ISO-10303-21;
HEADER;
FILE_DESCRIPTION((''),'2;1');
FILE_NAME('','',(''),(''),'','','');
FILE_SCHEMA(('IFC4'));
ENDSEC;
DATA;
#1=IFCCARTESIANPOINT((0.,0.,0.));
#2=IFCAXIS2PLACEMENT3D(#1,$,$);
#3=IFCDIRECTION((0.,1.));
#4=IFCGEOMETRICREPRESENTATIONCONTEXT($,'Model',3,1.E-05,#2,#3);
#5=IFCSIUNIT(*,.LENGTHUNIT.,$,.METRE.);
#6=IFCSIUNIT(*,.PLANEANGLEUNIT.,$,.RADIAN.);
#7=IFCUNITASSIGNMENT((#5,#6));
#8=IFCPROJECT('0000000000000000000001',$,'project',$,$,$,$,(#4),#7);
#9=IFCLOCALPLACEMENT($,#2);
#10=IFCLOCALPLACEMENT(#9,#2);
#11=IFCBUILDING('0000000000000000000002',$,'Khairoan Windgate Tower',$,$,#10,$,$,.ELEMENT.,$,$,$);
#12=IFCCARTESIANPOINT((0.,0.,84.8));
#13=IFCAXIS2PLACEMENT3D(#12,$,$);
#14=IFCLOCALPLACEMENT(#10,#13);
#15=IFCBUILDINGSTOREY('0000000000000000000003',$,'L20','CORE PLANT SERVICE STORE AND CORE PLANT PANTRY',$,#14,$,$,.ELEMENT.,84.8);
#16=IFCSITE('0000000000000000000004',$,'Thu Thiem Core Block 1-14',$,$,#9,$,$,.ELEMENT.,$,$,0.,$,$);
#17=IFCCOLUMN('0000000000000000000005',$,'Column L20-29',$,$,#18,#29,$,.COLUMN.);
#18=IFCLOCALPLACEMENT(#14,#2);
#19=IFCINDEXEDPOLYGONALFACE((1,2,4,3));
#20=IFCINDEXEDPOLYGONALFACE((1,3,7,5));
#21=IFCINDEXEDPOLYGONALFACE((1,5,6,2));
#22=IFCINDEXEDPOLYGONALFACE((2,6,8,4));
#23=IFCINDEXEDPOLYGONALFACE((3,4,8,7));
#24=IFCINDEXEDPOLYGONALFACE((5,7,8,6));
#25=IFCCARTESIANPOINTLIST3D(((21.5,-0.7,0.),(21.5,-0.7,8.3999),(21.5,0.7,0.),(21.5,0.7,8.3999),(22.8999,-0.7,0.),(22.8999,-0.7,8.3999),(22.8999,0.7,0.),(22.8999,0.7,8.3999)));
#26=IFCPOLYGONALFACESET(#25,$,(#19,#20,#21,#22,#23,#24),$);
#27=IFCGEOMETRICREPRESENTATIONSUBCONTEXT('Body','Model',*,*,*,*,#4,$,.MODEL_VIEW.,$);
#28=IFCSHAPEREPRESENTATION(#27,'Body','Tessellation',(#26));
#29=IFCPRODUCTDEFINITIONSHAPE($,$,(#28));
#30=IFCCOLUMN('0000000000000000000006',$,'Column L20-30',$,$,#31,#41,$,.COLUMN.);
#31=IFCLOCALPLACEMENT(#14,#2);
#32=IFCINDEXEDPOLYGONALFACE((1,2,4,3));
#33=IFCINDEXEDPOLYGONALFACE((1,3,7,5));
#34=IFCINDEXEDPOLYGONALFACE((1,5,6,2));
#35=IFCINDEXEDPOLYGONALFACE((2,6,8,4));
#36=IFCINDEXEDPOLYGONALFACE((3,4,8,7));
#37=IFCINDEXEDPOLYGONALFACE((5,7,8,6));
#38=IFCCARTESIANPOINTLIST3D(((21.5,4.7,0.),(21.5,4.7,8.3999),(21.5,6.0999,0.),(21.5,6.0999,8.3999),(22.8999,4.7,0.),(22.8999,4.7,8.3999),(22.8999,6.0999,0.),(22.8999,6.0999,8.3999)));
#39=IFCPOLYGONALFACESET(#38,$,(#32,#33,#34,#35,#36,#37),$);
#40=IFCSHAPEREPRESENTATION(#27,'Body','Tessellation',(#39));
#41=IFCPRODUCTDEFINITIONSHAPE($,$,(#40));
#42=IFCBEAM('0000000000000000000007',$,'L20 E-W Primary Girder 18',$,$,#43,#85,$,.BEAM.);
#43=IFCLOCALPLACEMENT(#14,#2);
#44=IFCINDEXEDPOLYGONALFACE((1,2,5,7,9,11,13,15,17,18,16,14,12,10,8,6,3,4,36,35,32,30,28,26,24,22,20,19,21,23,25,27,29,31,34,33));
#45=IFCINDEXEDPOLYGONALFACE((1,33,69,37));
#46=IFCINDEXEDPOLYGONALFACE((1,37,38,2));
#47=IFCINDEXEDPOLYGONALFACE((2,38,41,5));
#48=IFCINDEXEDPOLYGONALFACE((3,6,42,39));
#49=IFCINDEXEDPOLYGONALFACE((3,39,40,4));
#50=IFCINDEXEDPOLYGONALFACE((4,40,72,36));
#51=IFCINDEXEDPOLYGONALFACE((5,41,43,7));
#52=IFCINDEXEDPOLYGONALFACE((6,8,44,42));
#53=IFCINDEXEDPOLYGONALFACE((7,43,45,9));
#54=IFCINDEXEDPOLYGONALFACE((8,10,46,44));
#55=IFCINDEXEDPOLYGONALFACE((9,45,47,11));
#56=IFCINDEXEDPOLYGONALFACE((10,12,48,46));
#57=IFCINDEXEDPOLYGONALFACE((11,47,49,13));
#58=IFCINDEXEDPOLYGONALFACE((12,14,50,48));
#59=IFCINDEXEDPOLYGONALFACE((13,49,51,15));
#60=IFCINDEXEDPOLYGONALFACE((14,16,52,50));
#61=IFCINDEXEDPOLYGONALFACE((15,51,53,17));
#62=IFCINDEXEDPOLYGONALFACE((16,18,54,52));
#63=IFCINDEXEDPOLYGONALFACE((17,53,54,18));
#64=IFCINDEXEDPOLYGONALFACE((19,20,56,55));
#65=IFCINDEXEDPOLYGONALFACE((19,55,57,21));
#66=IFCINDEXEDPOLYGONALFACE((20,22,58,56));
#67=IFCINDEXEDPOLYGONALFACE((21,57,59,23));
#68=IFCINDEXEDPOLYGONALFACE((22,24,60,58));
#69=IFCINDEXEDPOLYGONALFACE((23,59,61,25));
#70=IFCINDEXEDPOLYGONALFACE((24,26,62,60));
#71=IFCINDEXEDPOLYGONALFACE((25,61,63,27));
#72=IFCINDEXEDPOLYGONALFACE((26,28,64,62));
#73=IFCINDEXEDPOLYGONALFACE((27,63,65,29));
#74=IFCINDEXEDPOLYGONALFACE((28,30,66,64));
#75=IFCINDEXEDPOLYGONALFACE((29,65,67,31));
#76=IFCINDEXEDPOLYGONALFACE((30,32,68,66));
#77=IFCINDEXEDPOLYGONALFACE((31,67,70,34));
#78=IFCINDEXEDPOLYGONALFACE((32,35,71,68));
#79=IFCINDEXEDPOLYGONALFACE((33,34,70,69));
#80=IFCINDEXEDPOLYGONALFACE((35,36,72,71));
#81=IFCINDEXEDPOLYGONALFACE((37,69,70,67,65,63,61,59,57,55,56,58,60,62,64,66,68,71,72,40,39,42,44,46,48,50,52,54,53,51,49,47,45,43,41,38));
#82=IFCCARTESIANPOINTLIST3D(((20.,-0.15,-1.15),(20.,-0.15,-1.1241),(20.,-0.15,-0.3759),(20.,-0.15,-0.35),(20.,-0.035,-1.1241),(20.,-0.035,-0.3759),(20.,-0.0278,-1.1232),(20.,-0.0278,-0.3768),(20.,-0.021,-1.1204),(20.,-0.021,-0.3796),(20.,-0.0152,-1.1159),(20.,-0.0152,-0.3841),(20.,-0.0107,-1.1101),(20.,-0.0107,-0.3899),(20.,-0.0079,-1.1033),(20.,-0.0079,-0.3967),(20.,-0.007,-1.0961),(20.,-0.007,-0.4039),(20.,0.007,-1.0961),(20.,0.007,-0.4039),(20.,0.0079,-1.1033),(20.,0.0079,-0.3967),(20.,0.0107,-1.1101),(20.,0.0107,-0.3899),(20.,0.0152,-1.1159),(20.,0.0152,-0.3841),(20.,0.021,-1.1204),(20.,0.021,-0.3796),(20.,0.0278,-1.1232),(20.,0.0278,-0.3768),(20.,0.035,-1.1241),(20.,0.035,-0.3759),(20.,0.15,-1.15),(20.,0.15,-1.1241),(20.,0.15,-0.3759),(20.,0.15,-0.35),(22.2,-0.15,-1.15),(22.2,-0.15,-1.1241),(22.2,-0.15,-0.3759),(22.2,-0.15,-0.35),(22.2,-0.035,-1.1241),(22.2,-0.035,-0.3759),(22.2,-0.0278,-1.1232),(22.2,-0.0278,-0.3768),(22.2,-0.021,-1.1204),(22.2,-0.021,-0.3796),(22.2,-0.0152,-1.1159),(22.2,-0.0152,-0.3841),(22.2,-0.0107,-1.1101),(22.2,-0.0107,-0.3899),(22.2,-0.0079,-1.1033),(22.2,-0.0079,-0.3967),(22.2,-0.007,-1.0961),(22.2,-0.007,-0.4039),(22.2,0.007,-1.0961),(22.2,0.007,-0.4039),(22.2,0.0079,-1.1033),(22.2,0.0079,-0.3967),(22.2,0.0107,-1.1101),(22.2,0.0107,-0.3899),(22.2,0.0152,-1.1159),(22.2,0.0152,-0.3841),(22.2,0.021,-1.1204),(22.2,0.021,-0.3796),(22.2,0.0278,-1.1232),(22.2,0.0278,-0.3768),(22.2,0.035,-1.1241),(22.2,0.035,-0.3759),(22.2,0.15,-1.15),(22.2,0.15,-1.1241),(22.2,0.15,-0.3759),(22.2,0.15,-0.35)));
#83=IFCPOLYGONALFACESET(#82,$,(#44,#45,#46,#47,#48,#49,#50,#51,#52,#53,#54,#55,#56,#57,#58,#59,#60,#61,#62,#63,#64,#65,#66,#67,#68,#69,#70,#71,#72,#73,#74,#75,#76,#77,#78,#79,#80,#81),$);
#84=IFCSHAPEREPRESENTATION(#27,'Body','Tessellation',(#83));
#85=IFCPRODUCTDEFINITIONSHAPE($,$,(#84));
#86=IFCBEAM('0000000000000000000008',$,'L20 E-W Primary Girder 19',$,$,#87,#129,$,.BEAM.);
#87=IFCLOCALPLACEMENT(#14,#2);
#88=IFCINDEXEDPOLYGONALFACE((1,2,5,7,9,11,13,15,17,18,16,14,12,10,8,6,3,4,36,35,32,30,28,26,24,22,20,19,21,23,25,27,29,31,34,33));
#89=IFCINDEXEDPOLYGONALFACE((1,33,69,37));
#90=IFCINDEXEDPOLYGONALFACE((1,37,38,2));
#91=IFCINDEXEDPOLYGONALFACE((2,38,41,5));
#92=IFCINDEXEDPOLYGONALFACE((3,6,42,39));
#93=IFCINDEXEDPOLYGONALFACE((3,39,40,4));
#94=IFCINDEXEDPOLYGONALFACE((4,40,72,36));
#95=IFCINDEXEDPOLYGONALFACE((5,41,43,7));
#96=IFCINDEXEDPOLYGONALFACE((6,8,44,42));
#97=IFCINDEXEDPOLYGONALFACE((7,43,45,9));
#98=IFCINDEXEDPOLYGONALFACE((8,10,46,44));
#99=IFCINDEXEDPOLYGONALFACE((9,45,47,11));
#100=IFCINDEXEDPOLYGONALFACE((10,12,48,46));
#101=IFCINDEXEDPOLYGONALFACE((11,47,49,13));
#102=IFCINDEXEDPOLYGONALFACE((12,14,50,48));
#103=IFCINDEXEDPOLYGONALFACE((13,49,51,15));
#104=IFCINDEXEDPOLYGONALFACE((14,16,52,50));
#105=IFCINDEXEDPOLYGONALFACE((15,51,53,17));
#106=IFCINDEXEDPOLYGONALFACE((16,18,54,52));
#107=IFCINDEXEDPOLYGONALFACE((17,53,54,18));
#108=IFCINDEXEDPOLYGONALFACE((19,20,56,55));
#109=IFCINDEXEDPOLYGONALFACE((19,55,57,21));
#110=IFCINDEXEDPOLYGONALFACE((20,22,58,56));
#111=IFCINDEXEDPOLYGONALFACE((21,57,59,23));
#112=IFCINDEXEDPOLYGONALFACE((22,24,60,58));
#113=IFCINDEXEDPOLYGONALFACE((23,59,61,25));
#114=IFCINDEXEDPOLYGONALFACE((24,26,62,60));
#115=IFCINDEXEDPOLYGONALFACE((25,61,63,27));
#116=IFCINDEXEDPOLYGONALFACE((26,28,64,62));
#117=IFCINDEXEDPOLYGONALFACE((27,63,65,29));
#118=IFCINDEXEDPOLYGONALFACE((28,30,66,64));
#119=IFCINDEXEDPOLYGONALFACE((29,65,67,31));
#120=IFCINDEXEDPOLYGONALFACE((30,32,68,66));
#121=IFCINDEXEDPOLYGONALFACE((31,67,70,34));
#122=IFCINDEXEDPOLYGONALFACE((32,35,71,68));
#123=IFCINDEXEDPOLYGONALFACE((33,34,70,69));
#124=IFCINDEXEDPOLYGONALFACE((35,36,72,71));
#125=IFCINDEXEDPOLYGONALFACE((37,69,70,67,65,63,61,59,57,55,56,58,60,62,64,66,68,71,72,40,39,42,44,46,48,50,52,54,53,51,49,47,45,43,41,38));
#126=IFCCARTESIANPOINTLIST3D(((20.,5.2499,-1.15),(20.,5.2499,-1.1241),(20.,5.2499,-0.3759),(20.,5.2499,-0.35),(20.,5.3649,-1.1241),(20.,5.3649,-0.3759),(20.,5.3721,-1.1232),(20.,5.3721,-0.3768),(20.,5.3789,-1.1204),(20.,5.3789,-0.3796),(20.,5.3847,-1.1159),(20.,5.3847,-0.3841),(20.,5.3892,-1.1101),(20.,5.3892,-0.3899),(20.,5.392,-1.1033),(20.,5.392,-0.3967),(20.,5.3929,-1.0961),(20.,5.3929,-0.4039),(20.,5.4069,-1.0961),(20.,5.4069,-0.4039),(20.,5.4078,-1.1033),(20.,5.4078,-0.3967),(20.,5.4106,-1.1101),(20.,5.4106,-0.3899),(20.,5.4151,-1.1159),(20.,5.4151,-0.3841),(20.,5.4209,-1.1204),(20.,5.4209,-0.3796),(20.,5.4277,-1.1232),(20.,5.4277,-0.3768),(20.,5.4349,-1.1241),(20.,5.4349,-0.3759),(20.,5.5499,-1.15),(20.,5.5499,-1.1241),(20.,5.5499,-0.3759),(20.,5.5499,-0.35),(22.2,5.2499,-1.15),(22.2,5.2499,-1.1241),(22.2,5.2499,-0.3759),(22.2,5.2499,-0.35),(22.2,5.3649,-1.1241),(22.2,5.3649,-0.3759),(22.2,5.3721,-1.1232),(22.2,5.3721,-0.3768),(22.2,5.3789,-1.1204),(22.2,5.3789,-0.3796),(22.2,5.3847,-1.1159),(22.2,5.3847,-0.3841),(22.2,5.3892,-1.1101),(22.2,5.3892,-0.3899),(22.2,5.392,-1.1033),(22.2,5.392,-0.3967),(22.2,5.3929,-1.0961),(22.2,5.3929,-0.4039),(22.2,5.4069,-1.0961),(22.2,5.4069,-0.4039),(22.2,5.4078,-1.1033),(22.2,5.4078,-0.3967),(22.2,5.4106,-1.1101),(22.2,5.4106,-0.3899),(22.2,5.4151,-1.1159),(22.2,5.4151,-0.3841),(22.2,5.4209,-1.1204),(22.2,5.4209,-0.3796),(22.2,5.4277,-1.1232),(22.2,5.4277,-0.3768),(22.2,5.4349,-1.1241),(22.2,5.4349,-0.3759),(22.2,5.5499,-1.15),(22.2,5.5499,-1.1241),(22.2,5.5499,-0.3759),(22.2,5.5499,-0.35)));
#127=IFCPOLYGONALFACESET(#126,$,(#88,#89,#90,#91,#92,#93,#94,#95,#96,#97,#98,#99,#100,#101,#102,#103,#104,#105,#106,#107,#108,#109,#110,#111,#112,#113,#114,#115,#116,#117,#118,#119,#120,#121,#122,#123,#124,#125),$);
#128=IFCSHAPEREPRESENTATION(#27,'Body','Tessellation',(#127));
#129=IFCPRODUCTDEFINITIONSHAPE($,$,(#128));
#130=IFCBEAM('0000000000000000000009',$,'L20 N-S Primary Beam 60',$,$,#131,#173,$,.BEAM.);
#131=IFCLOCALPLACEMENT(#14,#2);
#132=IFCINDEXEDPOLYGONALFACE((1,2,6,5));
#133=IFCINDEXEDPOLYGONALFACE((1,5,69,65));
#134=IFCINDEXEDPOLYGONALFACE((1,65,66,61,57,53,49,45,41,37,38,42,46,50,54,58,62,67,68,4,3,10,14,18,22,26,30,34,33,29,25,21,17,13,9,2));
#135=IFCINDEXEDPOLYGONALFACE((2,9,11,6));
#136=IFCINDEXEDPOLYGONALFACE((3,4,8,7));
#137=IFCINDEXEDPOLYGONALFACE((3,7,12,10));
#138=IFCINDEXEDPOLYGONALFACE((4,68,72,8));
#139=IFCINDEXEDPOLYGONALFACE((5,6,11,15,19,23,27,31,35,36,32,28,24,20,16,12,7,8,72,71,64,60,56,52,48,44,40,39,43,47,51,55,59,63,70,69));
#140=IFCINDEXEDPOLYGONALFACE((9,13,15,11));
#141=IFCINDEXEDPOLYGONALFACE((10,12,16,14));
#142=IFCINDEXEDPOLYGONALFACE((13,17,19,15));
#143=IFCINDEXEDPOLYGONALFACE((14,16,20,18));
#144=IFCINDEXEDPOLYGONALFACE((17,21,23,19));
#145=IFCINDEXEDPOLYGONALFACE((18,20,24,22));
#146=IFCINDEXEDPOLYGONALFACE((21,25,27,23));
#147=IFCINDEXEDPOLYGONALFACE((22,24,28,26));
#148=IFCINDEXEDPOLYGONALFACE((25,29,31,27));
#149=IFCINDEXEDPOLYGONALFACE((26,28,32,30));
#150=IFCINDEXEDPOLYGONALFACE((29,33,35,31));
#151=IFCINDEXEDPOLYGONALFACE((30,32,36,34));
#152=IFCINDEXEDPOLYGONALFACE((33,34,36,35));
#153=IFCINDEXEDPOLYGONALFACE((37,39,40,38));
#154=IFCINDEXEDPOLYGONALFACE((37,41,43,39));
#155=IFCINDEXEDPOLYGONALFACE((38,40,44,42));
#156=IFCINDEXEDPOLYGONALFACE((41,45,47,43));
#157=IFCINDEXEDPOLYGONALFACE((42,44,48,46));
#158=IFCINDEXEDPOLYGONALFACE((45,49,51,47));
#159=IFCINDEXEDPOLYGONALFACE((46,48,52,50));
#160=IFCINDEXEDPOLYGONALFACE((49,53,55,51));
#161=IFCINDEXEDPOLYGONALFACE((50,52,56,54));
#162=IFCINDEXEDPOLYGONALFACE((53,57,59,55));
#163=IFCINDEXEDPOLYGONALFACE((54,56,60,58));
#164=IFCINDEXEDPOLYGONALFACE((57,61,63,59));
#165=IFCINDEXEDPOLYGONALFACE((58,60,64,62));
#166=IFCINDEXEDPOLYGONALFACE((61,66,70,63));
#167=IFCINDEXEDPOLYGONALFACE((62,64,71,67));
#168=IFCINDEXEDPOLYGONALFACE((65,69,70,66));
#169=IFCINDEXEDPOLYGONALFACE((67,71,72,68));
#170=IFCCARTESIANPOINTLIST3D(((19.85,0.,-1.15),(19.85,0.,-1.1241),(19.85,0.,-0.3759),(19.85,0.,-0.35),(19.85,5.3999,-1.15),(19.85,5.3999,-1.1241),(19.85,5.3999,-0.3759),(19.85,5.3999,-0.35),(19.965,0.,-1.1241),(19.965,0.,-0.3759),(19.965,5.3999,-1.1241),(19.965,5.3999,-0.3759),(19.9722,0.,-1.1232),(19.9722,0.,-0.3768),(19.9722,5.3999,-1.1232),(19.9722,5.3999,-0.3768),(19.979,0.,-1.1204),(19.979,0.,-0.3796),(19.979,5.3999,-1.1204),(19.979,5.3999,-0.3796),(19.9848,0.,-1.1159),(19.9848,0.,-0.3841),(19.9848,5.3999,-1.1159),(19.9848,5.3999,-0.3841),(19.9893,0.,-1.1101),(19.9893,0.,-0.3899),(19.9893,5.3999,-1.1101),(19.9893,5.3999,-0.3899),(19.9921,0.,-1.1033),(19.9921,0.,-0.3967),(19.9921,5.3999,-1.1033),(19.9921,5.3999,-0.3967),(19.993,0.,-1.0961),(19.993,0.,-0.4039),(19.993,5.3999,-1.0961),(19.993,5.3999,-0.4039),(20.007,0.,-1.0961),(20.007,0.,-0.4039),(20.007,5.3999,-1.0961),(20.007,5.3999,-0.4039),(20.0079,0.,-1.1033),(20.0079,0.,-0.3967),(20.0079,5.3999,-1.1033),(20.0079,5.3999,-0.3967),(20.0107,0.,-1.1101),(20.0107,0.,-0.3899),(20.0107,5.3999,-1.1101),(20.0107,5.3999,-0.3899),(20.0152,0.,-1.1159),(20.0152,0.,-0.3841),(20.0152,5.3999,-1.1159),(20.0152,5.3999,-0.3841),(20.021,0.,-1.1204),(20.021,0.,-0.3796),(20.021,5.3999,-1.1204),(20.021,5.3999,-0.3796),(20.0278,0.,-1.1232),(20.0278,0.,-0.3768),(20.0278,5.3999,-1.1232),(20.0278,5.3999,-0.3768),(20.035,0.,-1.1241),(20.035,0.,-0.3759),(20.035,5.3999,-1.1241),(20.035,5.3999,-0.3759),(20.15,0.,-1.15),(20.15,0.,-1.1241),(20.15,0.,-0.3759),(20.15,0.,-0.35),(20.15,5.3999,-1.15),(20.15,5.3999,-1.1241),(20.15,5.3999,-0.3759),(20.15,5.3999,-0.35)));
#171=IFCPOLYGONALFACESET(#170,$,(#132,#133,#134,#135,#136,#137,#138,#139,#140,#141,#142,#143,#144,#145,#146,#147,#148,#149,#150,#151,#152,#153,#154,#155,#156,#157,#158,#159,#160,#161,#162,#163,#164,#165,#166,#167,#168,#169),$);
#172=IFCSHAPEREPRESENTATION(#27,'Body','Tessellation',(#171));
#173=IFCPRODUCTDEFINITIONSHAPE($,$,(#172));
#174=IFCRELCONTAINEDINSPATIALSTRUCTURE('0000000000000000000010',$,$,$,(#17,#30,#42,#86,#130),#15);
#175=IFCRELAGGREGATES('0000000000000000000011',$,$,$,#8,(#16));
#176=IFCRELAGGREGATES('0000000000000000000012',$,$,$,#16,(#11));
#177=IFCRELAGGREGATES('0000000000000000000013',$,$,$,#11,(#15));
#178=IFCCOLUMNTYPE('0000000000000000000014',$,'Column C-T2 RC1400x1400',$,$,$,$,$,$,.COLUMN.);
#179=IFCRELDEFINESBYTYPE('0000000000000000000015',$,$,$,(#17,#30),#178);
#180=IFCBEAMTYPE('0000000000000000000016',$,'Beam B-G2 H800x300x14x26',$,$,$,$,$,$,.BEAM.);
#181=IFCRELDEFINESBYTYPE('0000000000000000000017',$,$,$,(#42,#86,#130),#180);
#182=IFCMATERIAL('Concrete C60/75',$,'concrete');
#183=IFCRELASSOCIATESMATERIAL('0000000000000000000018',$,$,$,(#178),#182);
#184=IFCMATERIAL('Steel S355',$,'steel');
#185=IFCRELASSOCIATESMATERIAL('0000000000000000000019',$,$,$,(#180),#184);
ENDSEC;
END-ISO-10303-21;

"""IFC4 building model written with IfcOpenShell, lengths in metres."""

from ifc_helpers import new_model, si_unit, direction, frame, origin, origin_2d, place, context, subcontext, project, spatial, rectangle, i_section, extrude, material, material_profile, profile_set, type_object, element, save


model = new_model("IFC4")

# Units and contexts
model_context = context("Model", 3, precision=1e-05, world=origin(), true_north=direction((0.0, 1.0)))
body_context = subcontext(model_context, "Body", "Model", "MODEL_VIEW")
ifc_project = project(units=[si_unit("LENGTHUNIT", "METRE"), si_unit("PLANEANGLEUNIT", "RADIAN")], contexts=[model_context])

# Site, building, storey
site_placement = place(None, origin())
site = spatial("IfcSite", under=ifc_project, at=site_placement, Name="Thu Thiem Core Block 1-14", CompositionType="ELEMENT", RefElevation=0.0)
building_placement = place(site_placement, origin())
building = spatial("IfcBuilding", under=site, at=building_placement, Name="Khairoan Windgate Tower", CompositionType="ELEMENT")
storey_placement = place(building_placement, frame((0.0, 0.0, 84.8)))
storey = spatial("IfcBuildingStorey", under=building, at=storey_placement, Name="L20", Description="CORE PLANT SERVICE STORE AND CORE PLANT PANTRY", CompositionType="ELEMENT", Elevation=84.8)

# Columns
ifc_material_1 = material(Name="Concrete C60/75", Category="concrete")
ifc_material_profile_1 = material_profile(ifc_material_1, rectangle(XDim=1.3999, YDim=1.3999, at=origin_2d()))
ifc_profile_set_1 = profile_set([ifc_material_profile_1], Name="Concrete C60/75")
column_type = type_object("IfcColumnType", Name="Column C-T2 RC1400x1400", PredefinedType="COLUMN", material=ifc_profile_set_1)
for number, where, z_axis, x_axis, name in (
    (1, (22.2, 0.0, 0.0), (0.0, 0.0, 1.0), (1.0, 0.0, 0.0), "Column L20-29"),
    (2, (22.2, 5.3999, 0.0), (0.0, 0.0, 1.0), (1.0, 0.0, 0.0), "Column L20-30"),
):
    element("IfcColumn", number, at=place(storey_placement, frame(where, z_axis=z_axis, x_axis=x_axis)), inside=storey, type_object=column_type, Name=name, PredefinedType="COLUMN", context=body_context, shape_type="SweptSolid", body=[
        extrude(rectangle(XDim=1.3999, YDim=1.3999, at=origin_2d()), origin(), (0.0, 0.0, 1.0), 8.3999),
    ])

# Beams
ifc_material_2 = material(Name="Steel S355", Category="steel")
ifc_material_profile_2 = material_profile(ifc_material_2, i_section(OverallWidth=0.3, OverallDepth=0.8, WebThickness=0.0139, FlangeThickness=0.0259, FilletRadius=0.0281, at=origin_2d()))
ifc_profile_set_2 = profile_set([ifc_material_profile_2], Name="Steel S355")
beam_type_1 = type_object("IfcBeamType", Name="Beam B-G2 H800x300x14x26", PredefinedType="BEAM", material=ifc_profile_set_2)
for number, where, z_axis, x_axis, name in (
    (3, (20.0, 0.0, -0.75), (1.0, 0.0, 0.0), (0.0, 1.0, 0.0), "L20 E-W Primary Girder 18"),
    (4, (20.0, 5.3999, -0.75), (1.0, 0.0, 0.0), (0.0, 1.0, 0.0), "L20 E-W Primary Girder 19"),
):
    element("IfcBeam", number, at=place(storey_placement, frame(where, z_axis=z_axis, x_axis=x_axis)), inside=storey, type_object=beam_type_1, Name=name, PredefinedType="BEAM", context=body_context, shape_type="SweptSolid", body=[
        extrude(i_section(OverallWidth=0.3, OverallDepth=0.8, WebThickness=0.0139, FlangeThickness=0.0259, FilletRadius=0.0281, at=origin_2d()), origin(), (0.0, 0.0, 1.0), 2.2),
    ])
beam_1_placement = place(storey_placement, frame((20.0, 0.0, -0.75), z_axis=(0.0, 1.0, 0.0), x_axis=(-1.0, 0.0, 0.0)))
element("IfcBeam", 5, at=beam_1_placement, inside=storey, type_object=beam_type_1, Name="L20 N-S Primary Beam 60", PredefinedType="BEAM", context=body_context, shape_type="SweptSolid", body=[
    extrude(i_section(OverallWidth=0.3, OverallDepth=0.8, WebThickness=0.0139, FlangeThickness=0.0259, FilletRadius=0.0281, at=origin_2d()), origin(), (0.0, 0.0, 1.0), 5.3999),
])

save(model, "model.ifc")
